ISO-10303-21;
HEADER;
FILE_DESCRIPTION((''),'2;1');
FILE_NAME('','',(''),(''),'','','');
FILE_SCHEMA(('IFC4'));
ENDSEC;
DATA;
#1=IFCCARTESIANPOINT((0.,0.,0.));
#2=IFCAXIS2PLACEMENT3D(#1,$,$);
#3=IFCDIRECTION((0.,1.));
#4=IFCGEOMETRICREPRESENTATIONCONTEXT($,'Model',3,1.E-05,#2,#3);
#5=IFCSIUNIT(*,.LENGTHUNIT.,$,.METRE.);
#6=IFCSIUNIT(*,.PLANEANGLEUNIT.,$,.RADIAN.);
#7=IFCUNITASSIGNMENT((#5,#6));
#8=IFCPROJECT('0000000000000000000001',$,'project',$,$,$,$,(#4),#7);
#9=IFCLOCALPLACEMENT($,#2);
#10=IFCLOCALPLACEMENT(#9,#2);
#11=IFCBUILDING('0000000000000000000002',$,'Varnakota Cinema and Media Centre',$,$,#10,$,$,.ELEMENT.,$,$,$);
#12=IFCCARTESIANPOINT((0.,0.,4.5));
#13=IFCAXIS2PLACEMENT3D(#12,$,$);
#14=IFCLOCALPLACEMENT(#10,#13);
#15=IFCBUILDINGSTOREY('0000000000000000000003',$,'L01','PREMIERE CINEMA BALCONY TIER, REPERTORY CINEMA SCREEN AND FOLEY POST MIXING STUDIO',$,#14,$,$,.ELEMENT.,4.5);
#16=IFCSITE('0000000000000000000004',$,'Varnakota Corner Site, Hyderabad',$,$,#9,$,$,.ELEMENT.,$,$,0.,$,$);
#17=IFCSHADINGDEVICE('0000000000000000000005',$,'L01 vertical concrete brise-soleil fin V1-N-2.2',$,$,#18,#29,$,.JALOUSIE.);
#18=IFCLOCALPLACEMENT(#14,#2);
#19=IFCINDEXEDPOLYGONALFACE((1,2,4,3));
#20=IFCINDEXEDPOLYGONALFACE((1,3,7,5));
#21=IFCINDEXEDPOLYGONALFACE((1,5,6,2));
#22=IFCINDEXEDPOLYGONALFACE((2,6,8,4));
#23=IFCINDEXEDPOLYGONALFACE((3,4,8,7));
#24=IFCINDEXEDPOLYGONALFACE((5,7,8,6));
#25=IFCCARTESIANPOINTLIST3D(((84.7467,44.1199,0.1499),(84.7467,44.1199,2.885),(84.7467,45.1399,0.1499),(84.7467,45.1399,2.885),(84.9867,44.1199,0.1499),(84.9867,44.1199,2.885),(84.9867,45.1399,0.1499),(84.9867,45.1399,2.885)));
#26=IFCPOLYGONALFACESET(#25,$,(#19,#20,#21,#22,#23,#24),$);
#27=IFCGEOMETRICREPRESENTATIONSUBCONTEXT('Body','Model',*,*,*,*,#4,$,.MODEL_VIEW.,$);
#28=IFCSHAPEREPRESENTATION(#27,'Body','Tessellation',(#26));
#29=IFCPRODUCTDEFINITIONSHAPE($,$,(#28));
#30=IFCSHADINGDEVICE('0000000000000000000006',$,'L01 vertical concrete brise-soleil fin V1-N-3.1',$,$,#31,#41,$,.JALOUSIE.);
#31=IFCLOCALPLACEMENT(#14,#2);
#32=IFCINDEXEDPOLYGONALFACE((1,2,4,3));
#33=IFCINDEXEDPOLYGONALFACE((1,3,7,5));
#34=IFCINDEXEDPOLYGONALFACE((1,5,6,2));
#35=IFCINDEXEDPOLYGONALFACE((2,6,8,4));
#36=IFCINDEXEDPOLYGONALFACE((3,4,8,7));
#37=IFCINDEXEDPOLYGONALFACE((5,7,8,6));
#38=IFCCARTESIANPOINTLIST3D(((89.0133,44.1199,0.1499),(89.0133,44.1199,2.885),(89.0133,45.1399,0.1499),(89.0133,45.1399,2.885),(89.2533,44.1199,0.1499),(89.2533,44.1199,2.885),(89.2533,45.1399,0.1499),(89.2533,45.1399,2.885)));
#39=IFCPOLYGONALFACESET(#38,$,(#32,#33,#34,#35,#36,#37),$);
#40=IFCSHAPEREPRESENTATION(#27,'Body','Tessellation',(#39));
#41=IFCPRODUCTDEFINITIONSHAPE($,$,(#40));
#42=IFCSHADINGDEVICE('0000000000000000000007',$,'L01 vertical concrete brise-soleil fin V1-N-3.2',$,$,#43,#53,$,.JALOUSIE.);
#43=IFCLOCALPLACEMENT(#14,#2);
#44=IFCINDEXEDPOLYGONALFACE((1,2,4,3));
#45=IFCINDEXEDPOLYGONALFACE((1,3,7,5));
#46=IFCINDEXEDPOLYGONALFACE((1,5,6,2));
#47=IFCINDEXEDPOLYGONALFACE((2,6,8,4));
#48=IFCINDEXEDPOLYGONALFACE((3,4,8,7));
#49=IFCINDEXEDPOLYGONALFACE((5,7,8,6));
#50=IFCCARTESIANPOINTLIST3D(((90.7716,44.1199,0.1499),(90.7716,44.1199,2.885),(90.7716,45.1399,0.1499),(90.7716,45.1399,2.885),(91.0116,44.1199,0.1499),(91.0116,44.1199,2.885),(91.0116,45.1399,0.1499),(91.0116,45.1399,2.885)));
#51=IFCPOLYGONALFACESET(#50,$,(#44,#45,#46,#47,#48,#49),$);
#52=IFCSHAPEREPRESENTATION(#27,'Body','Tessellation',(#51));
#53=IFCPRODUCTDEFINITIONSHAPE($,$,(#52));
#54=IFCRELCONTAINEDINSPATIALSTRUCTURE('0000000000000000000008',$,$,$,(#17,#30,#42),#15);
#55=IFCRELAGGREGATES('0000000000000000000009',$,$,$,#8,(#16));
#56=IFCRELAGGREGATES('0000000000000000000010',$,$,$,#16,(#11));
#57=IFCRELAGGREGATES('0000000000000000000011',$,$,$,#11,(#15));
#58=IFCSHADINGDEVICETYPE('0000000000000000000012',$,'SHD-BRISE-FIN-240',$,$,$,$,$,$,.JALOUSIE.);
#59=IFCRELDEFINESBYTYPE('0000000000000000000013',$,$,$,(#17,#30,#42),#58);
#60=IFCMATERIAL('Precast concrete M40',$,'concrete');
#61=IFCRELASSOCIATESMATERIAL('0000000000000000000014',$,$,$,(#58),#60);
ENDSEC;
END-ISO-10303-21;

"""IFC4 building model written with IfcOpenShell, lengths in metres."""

from ifc_helpers import new_model, si_unit, direction, frame, origin, origin_2d, place, context, subcontext, project, spatial, rectangle, extrude, material, type_object, element, save


model = new_model("IFC4")

# Units and contexts
model_context = context("Model", 3, precision=1e-05, world=origin(), true_north=direction((0.0, 1.0)))
body_context = subcontext(model_context, "Body", "Model", "MODEL_VIEW")
ifc_project = project(units=[si_unit("LENGTHUNIT", "METRE"), si_unit("PLANEANGLEUNIT", "RADIAN")], contexts=[model_context])

# Site, building, storey
site_placement = place(None, origin())
site = spatial("IfcSite", under=ifc_project, at=site_placement, Name="Varnakota Corner Site, Hyderabad", CompositionType="ELEMENT", RefElevation=0.0)
building_placement = place(site_placement, origin())
building = spatial("IfcBuilding", under=site, at=building_placement, Name="Varnakota Cinema and Media Centre", CompositionType="ELEMENT")
storey_placement = place(building_placement, frame((0.0, 0.0, 4.5)))
storey = spatial("IfcBuildingStorey", under=building, at=storey_placement, Name="L01", Description="PREMIERE CINEMA BALCONY TIER, REPERTORY CINEMA SCREEN AND FOLEY POST MIXING STUDIO", CompositionType="ELEMENT", Elevation=4.5)

# Shading devices
ifc_material_1 = material(Name="Precast concrete M40", Category="concrete")
shading_device_type = type_object("IfcShadingDeviceType", Name="SHD-BRISE-FIN-240", PredefinedType="JALOUSIE", material=ifc_material_1)
for number, where, z_axis, x_axis, name in (
    (1, (84.8667, 44.6299, 0.1499), (0.0, 0.0, 1.0), (1.0, 0.0, 0.0), "L01 vertical concrete brise-soleil fin V1-N-2.2"),
    (2, (89.1333, 44.6299, 0.1499), (0.0, 0.0, 1.0), (1.0, 0.0, 0.0), "L01 vertical concrete brise-soleil fin V1-N-3.1"),
    (3, (90.8916, 44.6299, 0.1499), (0.0, 0.0, 1.0), (1.0, 0.0, 0.0), "L01 vertical concrete brise-soleil fin V1-N-3.2"),
):
    element("IfcShadingDevice", number, at=place(storey_placement, frame(where, z_axis=z_axis, x_axis=x_axis)), inside=storey, type_object=shading_device_type, Name=name, PredefinedType="JALOUSIE", context=body_context, shape_type="SweptSolid", body=[
        extrude(rectangle(XDim=0.24, YDim=1.02, at=origin_2d()), origin(), (0.0, 0.0, 1.0), 2.7351),
    ])

save(model, "model.ifc")
